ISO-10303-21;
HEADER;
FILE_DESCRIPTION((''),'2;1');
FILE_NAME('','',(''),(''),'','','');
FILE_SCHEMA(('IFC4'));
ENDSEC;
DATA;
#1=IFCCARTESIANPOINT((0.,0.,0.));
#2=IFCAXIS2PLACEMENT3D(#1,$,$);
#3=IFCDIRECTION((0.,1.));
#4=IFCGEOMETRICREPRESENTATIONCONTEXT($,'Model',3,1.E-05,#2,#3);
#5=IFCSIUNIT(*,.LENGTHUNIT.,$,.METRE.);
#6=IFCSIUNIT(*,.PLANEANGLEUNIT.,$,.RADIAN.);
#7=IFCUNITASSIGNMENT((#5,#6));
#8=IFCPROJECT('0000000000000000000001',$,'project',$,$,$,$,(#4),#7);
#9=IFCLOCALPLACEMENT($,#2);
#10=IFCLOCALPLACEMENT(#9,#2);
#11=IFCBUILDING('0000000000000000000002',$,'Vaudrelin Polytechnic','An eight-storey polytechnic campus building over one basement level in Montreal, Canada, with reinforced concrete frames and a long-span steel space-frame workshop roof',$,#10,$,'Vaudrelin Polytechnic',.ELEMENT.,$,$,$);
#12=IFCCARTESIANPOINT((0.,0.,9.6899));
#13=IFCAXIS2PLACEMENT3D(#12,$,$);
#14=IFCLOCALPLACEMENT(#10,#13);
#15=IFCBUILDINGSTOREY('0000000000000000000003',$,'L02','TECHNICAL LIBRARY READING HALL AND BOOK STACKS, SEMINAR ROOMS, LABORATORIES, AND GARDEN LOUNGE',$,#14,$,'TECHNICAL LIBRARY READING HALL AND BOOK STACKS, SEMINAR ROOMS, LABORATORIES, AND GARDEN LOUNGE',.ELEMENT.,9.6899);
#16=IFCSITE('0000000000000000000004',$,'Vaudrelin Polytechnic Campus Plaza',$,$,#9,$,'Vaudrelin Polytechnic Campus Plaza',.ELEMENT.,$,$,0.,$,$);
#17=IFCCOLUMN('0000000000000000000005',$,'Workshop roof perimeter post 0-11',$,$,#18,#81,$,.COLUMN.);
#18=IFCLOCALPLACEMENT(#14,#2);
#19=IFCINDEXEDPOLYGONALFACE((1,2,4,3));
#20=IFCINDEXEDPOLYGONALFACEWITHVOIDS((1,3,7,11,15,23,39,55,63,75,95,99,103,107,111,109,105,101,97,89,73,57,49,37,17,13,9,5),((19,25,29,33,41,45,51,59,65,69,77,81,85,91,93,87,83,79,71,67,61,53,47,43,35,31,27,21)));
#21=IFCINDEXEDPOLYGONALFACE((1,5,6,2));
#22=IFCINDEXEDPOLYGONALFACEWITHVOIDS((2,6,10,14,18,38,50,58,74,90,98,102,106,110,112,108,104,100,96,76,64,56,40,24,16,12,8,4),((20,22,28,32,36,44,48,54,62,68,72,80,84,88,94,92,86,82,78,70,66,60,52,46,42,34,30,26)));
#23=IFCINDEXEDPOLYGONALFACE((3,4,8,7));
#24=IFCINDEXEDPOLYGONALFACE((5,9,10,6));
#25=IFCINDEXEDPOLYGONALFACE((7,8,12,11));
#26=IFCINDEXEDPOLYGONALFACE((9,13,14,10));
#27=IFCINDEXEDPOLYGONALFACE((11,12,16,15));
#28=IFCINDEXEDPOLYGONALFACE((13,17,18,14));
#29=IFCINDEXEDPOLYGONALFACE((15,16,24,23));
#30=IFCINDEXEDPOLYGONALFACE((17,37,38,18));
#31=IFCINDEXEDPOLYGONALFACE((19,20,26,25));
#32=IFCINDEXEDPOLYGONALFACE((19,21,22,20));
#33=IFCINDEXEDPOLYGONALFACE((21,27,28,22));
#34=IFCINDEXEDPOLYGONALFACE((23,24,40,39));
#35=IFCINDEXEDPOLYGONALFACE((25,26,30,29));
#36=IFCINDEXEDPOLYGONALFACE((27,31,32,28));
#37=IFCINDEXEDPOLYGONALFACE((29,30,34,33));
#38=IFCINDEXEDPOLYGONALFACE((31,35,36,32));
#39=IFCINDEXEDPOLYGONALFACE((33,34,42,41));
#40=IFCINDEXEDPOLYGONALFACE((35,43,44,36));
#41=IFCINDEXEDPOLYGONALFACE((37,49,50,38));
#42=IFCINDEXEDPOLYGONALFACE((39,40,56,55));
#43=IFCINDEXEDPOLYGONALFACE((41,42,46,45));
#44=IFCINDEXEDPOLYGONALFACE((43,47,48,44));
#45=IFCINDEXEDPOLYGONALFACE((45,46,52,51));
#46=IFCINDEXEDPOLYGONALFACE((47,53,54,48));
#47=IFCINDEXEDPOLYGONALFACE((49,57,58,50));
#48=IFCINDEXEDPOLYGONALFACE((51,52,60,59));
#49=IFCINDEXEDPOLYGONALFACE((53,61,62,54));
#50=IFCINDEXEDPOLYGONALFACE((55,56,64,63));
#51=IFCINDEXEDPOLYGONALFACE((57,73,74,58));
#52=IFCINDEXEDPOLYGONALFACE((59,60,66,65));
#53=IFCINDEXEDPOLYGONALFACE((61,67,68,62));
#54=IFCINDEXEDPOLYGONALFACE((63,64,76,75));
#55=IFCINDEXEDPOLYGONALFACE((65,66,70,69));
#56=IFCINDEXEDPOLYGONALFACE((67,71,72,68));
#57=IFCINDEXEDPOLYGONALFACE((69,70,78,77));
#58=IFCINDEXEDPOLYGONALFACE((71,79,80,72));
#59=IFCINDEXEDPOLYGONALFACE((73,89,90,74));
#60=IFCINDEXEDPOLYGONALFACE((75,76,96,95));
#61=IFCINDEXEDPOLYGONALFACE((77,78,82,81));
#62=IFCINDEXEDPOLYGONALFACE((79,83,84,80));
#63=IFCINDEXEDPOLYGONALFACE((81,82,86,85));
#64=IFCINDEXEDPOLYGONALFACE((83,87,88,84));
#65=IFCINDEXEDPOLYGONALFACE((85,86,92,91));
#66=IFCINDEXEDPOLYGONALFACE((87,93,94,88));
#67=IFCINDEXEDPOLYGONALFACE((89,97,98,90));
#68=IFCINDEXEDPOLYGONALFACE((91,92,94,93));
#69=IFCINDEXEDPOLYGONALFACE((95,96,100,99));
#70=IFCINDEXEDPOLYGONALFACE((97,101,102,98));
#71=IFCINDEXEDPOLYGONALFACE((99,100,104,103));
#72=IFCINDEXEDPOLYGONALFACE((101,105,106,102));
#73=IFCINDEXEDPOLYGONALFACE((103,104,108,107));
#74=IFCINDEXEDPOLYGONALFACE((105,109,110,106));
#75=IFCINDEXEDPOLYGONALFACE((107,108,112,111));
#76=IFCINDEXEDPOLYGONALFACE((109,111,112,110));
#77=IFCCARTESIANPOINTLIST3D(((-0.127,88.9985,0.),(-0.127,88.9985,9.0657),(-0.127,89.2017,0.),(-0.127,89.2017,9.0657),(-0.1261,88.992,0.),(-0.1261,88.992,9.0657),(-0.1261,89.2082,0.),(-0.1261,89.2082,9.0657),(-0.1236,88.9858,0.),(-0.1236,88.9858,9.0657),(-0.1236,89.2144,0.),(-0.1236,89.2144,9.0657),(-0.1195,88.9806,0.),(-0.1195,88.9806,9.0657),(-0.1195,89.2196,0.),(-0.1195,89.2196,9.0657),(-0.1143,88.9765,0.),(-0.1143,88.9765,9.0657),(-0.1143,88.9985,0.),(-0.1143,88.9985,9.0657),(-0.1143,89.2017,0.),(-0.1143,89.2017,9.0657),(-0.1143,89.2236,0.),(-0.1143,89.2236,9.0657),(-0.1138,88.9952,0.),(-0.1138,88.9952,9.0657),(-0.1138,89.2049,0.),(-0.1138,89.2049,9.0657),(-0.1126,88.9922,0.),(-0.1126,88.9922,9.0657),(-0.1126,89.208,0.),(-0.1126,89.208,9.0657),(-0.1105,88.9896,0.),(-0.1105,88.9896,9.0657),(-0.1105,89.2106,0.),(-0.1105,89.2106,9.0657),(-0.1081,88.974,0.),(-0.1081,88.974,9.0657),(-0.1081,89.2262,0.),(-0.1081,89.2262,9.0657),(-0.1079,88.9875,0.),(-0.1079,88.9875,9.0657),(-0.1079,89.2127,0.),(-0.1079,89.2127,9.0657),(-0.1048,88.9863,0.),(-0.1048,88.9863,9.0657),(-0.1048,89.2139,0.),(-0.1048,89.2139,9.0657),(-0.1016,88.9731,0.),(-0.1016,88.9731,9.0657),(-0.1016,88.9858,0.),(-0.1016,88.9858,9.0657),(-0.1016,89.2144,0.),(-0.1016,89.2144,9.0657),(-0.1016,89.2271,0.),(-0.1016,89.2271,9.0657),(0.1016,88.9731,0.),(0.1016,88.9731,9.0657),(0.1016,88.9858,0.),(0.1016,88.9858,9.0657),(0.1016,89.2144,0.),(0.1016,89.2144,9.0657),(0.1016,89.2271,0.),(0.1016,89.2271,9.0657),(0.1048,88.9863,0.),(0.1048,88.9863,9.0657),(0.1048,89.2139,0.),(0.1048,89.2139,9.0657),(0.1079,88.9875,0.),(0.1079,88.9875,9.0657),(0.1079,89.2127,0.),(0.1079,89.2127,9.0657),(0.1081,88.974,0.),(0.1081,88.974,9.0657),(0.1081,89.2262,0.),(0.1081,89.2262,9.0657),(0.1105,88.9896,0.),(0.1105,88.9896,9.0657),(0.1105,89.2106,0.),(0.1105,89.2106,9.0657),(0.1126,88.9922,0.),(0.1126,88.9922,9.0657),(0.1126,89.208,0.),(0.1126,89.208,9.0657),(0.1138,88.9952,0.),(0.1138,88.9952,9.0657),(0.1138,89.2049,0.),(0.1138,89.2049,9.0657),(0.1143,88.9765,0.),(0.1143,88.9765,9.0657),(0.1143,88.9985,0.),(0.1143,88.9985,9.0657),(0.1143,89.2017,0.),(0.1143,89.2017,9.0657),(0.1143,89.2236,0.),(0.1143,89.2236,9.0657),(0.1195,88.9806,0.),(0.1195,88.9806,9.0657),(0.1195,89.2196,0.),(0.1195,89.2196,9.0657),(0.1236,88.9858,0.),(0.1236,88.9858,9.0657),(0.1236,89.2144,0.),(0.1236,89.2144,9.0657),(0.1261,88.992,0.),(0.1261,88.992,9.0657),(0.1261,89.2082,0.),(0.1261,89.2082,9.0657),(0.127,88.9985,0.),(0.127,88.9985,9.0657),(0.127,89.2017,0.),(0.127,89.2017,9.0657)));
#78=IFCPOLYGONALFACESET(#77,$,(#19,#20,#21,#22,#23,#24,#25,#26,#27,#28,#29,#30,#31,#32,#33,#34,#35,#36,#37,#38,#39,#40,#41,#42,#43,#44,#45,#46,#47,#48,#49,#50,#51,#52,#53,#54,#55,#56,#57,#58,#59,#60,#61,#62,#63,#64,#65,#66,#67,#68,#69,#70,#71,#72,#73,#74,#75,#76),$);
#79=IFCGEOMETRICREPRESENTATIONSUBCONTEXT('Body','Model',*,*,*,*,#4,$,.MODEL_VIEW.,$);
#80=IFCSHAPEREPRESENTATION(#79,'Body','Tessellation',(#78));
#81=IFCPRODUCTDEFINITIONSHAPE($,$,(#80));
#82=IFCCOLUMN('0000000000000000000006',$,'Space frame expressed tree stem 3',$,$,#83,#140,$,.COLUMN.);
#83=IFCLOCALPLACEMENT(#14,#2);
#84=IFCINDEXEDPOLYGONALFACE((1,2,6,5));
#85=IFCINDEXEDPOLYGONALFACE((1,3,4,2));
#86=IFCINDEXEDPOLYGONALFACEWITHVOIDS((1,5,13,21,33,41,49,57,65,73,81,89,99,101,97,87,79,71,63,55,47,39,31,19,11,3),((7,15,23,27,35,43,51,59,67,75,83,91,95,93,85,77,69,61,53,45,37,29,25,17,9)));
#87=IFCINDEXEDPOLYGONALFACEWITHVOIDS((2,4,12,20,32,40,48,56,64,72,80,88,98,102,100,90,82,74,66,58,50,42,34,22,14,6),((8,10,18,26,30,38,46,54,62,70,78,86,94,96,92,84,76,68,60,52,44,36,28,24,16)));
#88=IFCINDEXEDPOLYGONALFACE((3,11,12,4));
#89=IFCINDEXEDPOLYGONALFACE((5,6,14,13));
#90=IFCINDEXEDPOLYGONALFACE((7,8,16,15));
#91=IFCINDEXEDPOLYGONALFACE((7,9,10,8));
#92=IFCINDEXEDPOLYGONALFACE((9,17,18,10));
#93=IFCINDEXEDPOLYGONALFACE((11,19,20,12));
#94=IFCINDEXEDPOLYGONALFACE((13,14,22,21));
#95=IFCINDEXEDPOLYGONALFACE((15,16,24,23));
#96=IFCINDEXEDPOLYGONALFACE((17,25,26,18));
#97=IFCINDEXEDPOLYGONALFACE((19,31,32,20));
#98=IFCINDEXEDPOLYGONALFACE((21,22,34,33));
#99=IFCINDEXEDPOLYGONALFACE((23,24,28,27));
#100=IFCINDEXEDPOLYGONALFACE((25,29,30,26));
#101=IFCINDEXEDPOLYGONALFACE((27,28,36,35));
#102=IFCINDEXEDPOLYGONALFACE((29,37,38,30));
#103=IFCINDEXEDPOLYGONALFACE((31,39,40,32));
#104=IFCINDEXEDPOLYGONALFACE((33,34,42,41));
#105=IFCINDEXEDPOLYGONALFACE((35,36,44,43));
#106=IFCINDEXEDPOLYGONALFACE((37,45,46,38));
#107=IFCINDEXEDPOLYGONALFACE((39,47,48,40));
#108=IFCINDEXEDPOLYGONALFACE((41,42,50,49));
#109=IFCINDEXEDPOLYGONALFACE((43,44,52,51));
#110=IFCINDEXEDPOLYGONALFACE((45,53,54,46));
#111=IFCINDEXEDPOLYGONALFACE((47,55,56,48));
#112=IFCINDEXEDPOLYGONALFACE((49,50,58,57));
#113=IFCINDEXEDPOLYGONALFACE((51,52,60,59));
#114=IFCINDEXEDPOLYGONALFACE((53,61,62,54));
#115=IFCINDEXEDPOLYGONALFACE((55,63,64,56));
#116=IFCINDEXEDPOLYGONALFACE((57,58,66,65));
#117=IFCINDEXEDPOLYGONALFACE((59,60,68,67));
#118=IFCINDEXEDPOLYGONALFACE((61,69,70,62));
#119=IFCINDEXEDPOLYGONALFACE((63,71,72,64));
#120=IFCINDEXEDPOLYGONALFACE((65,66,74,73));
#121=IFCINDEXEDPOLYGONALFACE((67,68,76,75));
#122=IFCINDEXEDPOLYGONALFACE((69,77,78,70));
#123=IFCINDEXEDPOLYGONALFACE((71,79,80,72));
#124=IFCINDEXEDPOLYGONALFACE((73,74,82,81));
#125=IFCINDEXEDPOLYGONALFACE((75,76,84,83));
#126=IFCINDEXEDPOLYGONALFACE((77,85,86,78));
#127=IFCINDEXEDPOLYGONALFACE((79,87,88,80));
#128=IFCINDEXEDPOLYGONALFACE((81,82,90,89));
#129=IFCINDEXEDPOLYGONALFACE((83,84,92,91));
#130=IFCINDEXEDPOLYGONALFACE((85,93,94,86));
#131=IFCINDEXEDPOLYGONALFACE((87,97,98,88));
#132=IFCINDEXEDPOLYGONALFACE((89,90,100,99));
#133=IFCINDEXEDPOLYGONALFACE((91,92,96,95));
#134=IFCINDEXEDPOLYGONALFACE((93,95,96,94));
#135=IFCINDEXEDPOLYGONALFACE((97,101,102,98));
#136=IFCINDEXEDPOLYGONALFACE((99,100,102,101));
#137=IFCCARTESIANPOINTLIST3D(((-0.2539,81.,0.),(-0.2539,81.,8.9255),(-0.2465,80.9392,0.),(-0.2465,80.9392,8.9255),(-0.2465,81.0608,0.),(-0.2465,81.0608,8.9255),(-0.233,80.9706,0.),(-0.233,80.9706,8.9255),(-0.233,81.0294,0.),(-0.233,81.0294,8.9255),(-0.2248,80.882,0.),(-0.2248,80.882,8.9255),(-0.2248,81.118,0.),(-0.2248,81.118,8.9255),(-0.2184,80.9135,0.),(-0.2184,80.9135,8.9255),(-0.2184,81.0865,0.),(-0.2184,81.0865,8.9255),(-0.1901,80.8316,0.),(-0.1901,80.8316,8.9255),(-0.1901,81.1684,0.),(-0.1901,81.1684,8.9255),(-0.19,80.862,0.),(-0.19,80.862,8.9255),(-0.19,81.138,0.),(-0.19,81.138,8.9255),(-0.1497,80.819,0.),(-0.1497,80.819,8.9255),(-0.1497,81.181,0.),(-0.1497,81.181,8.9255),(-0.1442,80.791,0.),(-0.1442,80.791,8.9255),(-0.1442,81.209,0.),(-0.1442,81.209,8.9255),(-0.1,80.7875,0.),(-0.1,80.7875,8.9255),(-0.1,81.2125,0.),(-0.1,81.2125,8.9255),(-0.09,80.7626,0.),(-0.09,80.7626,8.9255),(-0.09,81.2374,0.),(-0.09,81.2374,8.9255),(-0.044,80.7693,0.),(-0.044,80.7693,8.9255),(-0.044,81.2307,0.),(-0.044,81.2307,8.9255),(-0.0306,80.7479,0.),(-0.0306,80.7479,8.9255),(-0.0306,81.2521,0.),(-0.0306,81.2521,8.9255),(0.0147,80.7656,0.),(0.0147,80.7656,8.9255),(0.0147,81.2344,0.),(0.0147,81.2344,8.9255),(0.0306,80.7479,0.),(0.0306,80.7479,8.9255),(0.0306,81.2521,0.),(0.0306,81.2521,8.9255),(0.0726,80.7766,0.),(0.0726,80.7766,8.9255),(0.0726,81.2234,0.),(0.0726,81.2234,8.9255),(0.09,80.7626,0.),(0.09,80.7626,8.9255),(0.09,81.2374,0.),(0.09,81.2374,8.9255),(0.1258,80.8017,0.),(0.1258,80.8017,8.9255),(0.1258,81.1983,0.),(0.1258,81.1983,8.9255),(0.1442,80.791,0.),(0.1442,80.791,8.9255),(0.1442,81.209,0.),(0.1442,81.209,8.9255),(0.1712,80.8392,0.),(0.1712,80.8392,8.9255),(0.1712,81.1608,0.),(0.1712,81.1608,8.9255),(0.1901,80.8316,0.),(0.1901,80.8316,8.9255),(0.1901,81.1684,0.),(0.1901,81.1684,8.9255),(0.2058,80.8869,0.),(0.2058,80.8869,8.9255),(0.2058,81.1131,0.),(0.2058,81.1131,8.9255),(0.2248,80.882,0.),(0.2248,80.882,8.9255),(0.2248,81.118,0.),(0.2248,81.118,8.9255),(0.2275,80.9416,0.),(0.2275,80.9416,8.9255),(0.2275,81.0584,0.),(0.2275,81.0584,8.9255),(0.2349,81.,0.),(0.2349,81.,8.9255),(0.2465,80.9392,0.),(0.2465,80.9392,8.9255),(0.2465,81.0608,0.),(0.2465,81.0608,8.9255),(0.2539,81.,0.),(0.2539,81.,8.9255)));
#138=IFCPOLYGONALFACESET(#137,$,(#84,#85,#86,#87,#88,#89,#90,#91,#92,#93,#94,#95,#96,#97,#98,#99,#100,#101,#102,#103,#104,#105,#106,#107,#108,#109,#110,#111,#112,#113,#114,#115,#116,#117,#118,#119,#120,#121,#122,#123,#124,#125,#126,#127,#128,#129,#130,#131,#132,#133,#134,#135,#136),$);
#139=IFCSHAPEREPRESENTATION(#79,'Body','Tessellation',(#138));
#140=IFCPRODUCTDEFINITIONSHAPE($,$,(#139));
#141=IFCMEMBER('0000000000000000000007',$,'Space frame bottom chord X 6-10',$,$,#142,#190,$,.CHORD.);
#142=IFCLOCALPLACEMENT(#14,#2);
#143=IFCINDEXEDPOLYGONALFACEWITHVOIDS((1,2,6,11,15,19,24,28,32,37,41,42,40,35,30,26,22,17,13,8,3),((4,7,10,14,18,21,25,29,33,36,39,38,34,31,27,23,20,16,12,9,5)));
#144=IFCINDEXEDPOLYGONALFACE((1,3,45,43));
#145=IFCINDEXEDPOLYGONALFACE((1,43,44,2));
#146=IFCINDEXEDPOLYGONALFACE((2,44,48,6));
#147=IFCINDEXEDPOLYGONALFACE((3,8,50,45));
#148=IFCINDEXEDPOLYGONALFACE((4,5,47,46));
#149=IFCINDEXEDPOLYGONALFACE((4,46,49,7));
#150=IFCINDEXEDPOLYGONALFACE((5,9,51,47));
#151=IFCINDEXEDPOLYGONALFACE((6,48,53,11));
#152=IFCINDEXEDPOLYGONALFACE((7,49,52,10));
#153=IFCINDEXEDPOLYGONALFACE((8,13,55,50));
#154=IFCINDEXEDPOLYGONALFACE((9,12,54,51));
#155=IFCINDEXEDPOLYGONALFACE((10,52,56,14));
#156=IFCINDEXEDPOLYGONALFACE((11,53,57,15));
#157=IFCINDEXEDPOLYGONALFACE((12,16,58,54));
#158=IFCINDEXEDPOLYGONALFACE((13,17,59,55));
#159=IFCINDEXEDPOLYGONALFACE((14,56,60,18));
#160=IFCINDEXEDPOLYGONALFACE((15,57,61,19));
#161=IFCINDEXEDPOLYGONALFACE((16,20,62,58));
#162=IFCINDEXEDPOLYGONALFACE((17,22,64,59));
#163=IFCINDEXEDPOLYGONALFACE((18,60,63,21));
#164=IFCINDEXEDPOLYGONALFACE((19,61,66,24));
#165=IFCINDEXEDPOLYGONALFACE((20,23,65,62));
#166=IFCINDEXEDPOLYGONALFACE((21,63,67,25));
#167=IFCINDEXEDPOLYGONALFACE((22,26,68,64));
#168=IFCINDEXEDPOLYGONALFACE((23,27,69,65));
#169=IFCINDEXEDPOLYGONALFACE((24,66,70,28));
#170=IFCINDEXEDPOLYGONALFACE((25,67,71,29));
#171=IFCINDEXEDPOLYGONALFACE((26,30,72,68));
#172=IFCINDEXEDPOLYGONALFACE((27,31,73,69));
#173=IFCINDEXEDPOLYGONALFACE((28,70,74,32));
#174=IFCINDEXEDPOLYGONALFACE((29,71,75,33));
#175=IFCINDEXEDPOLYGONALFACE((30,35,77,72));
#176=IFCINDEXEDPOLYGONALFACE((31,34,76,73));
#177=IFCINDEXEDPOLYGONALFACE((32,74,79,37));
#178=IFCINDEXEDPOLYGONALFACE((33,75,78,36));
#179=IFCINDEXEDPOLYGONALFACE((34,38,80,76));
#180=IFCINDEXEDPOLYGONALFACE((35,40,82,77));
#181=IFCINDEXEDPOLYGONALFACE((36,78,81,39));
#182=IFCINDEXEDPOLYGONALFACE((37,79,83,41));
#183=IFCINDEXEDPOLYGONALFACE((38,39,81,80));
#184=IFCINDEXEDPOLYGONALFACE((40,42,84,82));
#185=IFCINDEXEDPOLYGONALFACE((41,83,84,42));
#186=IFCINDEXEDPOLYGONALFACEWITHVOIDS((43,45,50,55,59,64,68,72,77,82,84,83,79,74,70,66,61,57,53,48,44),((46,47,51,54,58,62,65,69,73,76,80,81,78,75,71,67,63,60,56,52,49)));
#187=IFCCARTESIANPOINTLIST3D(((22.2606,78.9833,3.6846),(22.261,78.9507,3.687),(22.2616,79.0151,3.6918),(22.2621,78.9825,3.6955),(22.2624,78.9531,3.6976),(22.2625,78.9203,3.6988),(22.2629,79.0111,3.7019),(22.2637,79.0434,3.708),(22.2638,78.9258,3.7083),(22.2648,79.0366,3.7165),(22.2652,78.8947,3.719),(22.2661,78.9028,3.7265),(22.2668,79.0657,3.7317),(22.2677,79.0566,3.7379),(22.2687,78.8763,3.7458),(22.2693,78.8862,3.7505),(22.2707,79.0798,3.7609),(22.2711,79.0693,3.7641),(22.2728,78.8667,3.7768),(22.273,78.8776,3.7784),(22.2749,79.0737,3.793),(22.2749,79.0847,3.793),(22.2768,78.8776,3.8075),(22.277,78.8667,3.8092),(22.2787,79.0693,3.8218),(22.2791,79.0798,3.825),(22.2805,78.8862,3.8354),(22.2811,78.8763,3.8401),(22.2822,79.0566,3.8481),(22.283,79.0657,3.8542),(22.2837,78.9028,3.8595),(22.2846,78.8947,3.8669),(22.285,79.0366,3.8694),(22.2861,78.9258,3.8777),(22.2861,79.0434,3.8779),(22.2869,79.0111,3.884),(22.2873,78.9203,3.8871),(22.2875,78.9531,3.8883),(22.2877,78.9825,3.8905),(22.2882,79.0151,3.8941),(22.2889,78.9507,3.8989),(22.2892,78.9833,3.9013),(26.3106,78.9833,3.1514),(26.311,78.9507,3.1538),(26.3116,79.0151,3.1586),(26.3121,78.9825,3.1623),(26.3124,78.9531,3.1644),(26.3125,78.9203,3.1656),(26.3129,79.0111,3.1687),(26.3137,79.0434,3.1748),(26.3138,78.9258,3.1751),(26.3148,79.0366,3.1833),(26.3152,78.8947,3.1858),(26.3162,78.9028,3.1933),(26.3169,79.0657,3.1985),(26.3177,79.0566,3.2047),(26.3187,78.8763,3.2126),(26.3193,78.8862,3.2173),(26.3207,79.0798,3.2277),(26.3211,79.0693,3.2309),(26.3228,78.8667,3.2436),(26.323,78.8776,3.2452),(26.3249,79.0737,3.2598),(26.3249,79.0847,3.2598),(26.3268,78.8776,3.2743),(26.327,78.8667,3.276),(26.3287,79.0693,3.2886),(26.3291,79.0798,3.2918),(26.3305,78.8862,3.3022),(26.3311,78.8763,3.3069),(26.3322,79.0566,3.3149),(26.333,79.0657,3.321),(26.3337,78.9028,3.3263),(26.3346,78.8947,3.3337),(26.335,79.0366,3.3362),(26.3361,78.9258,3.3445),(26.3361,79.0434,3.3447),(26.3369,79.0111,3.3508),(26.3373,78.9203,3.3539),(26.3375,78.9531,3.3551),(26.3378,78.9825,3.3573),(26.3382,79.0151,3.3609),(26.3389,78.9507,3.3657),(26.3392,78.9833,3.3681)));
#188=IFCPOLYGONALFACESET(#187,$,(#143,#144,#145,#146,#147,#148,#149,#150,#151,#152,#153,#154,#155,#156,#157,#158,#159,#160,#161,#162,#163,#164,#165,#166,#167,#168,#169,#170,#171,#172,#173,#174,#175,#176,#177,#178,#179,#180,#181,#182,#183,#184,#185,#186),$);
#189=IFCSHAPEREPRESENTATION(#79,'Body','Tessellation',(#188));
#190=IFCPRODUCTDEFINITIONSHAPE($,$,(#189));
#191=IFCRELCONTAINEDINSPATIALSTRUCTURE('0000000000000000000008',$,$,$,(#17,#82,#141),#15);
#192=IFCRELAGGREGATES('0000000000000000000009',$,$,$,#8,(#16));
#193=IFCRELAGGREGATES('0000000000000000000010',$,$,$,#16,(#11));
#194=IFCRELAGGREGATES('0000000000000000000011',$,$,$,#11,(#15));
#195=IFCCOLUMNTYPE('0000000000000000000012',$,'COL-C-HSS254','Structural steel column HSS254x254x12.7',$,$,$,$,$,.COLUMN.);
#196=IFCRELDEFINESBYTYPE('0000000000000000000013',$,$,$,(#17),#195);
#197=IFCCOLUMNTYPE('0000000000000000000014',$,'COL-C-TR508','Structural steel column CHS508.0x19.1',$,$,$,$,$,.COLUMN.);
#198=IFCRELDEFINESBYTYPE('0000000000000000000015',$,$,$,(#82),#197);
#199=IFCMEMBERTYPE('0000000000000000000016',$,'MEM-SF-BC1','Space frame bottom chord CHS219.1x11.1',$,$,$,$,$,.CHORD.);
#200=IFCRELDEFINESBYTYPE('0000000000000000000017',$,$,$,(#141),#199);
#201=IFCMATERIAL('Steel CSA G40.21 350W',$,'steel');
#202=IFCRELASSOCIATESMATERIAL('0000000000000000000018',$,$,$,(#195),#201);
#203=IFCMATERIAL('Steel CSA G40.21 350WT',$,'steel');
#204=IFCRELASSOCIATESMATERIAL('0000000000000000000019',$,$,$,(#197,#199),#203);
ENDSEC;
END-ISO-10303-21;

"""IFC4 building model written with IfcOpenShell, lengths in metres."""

from ifc_helpers import new_model, si_unit, direction, frame, origin, origin_2d, place, context, subcontext, project, spatial, hollow_rectangle, hollow_circle, extrude, material, material_profile, profile_set, type_object, element, save


model = new_model("IFC4")

# Units and contexts
model_context = context("Model", 3, precision=1e-05, world=origin(), true_north=direction((0.0, 1.0)))
body_context = subcontext(model_context, "Body", "Model", "MODEL_VIEW")
ifc_project = project(units=[si_unit("LENGTHUNIT", "METRE"), si_unit("PLANEANGLEUNIT", "RADIAN")], contexts=[model_context])

# Site, building, storey
site_placement = place(None, origin())
site = spatial("IfcSite", under=ifc_project, at=site_placement, Name="Vaudrelin Polytechnic Campus Plaza", LongName="Vaudrelin Polytechnic Campus Plaza", CompositionType="ELEMENT", RefElevation=0.0)
building_placement = place(site_placement, origin())
building = spatial("IfcBuilding", under=site, at=building_placement, Name="Vaudrelin Polytechnic", Description="An eight-storey polytechnic campus building over one basement level in Montreal, Canada, with reinforced concrete frames and a long-span steel space-frame workshop roof", LongName="Vaudrelin Polytechnic", CompositionType="ELEMENT")
storey_placement = place(building_placement, frame((0.0, 0.0, 9.6899)))
storey = spatial("IfcBuildingStorey", under=building, at=storey_placement, Name="L02", Description="TECHNICAL LIBRARY READING HALL AND BOOK STACKS, SEMINAR ROOMS, LABORATORIES, AND GARDEN LOUNGE", LongName="TECHNICAL LIBRARY READING HALL AND BOOK STACKS, SEMINAR ROOMS, LABORATORIES, AND GARDEN LOUNGE", CompositionType="ELEMENT", Elevation=9.6899)

# Columns
ifc_material_1 = material(Name="Steel CSA G40.21 350W", Category="steel")
ifc_material_profile_1 = material_profile(ifc_material_1, hollow_rectangle(XDim=0.2539, YDim=0.2539, WallThickness=0.0127, InnerFilletRadius=0.0127, OuterFilletRadius=0.0254, at=origin_2d()), Name="HSS254x254x12.7")
ifc_profile_set_1 = profile_set([ifc_material_profile_1], Name="Steel CSA G40.21 350W")
column_type_1 = type_object("IfcColumnType", Name="COL-C-HSS254", Description="Structural steel column HSS254x254x12.7", PredefinedType="COLUMN", material=ifc_profile_set_1)
column_1_placement = place(storey_placement, frame((0.0, 89.1001, 0.0), z_axis=(0.0, 0.0, 1.0), x_axis=(1.0, 0.0, 0.0)))
element("IfcColumn", 1, at=column_1_placement, inside=storey, type_object=column_type_1, Name="Workshop roof perimeter post 0-11", PredefinedType="COLUMN", context=body_context, shape_type="SweptSolid", body=[
    extrude(hollow_rectangle(XDim=0.2539, YDim=0.2539, WallThickness=0.0127, InnerFilletRadius=0.0127, OuterFilletRadius=0.0254, at=origin_2d()), origin(), (0.0, 0.0, 1.0), 9.0657),
])
ifc_material_2 = material(Name="Steel CSA G40.21 350WT", Category="steel")
ifc_material_profile_2 = material_profile(ifc_material_2, hollow_circle(Radius=0.2539, WallThickness=0.019, at=origin_2d()), Name="CHS508.0x19.1")
ifc_profile_set_2 = profile_set([ifc_material_profile_2], Name="Steel CSA G40.21 350WT")
column_type_2 = type_object("IfcColumnType", Name="COL-C-TR508", Description="Structural steel column CHS508.0x19.1", PredefinedType="COLUMN", material=ifc_profile_set_2)
column_2_placement = place(storey_placement, frame((0.0, 81.0, 0.0), z_axis=(0.0, 0.0, 1.0), x_axis=(1.0, 0.0, 0.0)))
element("IfcColumn", 2, at=column_2_placement, inside=storey, type_object=column_type_2, Name="Space frame expressed tree stem 3", PredefinedType="COLUMN", context=body_context, shape_type="SweptSolid", body=[
    extrude(hollow_circle(Radius=0.2539, WallThickness=0.019, at=origin_2d()), origin(), (0.0, 0.0, 1.0), 8.9255),
])

# Member
ifc_material_profile_3 = material_profile(ifc_material_2, hollow_circle(Radius=0.1096, WallThickness=0.011, at=origin_2d()), Name="CHS219.1x11.1")
ifc_profile_set_3 = profile_set([ifc_material_profile_3], Name="Steel CSA G40.21 350WT")
member_type_1 = type_object("IfcMemberType", Name="MEM-SF-BC1", Description="Space frame bottom chord CHS219.1x11.1", PredefinedType="CHORD", material=ifc_profile_set_3)
for number, where, z_axis, x_axis, name in (
    (3, (22.2749, 78.9751, 3.793), (0.991445, 0.0, -0.130527), (0.0, 1.0, 0.0), "Space frame bottom chord X 6-10"),
):
    element("IfcMember", number, at=place(storey_placement, frame(where, z_axis=z_axis, x_axis=x_axis)), inside=storey, type_object=member_type_1, Name=name, PredefinedType="CHORD", context=body_context, shape_type="SweptSolid", body=[
        extrude(hollow_circle(Radius=0.1096, WallThickness=0.011, at=origin_2d()), origin(), (0.0, 0.0, 1.0), 4.085),
    ])

save(model, "model.ifc")
